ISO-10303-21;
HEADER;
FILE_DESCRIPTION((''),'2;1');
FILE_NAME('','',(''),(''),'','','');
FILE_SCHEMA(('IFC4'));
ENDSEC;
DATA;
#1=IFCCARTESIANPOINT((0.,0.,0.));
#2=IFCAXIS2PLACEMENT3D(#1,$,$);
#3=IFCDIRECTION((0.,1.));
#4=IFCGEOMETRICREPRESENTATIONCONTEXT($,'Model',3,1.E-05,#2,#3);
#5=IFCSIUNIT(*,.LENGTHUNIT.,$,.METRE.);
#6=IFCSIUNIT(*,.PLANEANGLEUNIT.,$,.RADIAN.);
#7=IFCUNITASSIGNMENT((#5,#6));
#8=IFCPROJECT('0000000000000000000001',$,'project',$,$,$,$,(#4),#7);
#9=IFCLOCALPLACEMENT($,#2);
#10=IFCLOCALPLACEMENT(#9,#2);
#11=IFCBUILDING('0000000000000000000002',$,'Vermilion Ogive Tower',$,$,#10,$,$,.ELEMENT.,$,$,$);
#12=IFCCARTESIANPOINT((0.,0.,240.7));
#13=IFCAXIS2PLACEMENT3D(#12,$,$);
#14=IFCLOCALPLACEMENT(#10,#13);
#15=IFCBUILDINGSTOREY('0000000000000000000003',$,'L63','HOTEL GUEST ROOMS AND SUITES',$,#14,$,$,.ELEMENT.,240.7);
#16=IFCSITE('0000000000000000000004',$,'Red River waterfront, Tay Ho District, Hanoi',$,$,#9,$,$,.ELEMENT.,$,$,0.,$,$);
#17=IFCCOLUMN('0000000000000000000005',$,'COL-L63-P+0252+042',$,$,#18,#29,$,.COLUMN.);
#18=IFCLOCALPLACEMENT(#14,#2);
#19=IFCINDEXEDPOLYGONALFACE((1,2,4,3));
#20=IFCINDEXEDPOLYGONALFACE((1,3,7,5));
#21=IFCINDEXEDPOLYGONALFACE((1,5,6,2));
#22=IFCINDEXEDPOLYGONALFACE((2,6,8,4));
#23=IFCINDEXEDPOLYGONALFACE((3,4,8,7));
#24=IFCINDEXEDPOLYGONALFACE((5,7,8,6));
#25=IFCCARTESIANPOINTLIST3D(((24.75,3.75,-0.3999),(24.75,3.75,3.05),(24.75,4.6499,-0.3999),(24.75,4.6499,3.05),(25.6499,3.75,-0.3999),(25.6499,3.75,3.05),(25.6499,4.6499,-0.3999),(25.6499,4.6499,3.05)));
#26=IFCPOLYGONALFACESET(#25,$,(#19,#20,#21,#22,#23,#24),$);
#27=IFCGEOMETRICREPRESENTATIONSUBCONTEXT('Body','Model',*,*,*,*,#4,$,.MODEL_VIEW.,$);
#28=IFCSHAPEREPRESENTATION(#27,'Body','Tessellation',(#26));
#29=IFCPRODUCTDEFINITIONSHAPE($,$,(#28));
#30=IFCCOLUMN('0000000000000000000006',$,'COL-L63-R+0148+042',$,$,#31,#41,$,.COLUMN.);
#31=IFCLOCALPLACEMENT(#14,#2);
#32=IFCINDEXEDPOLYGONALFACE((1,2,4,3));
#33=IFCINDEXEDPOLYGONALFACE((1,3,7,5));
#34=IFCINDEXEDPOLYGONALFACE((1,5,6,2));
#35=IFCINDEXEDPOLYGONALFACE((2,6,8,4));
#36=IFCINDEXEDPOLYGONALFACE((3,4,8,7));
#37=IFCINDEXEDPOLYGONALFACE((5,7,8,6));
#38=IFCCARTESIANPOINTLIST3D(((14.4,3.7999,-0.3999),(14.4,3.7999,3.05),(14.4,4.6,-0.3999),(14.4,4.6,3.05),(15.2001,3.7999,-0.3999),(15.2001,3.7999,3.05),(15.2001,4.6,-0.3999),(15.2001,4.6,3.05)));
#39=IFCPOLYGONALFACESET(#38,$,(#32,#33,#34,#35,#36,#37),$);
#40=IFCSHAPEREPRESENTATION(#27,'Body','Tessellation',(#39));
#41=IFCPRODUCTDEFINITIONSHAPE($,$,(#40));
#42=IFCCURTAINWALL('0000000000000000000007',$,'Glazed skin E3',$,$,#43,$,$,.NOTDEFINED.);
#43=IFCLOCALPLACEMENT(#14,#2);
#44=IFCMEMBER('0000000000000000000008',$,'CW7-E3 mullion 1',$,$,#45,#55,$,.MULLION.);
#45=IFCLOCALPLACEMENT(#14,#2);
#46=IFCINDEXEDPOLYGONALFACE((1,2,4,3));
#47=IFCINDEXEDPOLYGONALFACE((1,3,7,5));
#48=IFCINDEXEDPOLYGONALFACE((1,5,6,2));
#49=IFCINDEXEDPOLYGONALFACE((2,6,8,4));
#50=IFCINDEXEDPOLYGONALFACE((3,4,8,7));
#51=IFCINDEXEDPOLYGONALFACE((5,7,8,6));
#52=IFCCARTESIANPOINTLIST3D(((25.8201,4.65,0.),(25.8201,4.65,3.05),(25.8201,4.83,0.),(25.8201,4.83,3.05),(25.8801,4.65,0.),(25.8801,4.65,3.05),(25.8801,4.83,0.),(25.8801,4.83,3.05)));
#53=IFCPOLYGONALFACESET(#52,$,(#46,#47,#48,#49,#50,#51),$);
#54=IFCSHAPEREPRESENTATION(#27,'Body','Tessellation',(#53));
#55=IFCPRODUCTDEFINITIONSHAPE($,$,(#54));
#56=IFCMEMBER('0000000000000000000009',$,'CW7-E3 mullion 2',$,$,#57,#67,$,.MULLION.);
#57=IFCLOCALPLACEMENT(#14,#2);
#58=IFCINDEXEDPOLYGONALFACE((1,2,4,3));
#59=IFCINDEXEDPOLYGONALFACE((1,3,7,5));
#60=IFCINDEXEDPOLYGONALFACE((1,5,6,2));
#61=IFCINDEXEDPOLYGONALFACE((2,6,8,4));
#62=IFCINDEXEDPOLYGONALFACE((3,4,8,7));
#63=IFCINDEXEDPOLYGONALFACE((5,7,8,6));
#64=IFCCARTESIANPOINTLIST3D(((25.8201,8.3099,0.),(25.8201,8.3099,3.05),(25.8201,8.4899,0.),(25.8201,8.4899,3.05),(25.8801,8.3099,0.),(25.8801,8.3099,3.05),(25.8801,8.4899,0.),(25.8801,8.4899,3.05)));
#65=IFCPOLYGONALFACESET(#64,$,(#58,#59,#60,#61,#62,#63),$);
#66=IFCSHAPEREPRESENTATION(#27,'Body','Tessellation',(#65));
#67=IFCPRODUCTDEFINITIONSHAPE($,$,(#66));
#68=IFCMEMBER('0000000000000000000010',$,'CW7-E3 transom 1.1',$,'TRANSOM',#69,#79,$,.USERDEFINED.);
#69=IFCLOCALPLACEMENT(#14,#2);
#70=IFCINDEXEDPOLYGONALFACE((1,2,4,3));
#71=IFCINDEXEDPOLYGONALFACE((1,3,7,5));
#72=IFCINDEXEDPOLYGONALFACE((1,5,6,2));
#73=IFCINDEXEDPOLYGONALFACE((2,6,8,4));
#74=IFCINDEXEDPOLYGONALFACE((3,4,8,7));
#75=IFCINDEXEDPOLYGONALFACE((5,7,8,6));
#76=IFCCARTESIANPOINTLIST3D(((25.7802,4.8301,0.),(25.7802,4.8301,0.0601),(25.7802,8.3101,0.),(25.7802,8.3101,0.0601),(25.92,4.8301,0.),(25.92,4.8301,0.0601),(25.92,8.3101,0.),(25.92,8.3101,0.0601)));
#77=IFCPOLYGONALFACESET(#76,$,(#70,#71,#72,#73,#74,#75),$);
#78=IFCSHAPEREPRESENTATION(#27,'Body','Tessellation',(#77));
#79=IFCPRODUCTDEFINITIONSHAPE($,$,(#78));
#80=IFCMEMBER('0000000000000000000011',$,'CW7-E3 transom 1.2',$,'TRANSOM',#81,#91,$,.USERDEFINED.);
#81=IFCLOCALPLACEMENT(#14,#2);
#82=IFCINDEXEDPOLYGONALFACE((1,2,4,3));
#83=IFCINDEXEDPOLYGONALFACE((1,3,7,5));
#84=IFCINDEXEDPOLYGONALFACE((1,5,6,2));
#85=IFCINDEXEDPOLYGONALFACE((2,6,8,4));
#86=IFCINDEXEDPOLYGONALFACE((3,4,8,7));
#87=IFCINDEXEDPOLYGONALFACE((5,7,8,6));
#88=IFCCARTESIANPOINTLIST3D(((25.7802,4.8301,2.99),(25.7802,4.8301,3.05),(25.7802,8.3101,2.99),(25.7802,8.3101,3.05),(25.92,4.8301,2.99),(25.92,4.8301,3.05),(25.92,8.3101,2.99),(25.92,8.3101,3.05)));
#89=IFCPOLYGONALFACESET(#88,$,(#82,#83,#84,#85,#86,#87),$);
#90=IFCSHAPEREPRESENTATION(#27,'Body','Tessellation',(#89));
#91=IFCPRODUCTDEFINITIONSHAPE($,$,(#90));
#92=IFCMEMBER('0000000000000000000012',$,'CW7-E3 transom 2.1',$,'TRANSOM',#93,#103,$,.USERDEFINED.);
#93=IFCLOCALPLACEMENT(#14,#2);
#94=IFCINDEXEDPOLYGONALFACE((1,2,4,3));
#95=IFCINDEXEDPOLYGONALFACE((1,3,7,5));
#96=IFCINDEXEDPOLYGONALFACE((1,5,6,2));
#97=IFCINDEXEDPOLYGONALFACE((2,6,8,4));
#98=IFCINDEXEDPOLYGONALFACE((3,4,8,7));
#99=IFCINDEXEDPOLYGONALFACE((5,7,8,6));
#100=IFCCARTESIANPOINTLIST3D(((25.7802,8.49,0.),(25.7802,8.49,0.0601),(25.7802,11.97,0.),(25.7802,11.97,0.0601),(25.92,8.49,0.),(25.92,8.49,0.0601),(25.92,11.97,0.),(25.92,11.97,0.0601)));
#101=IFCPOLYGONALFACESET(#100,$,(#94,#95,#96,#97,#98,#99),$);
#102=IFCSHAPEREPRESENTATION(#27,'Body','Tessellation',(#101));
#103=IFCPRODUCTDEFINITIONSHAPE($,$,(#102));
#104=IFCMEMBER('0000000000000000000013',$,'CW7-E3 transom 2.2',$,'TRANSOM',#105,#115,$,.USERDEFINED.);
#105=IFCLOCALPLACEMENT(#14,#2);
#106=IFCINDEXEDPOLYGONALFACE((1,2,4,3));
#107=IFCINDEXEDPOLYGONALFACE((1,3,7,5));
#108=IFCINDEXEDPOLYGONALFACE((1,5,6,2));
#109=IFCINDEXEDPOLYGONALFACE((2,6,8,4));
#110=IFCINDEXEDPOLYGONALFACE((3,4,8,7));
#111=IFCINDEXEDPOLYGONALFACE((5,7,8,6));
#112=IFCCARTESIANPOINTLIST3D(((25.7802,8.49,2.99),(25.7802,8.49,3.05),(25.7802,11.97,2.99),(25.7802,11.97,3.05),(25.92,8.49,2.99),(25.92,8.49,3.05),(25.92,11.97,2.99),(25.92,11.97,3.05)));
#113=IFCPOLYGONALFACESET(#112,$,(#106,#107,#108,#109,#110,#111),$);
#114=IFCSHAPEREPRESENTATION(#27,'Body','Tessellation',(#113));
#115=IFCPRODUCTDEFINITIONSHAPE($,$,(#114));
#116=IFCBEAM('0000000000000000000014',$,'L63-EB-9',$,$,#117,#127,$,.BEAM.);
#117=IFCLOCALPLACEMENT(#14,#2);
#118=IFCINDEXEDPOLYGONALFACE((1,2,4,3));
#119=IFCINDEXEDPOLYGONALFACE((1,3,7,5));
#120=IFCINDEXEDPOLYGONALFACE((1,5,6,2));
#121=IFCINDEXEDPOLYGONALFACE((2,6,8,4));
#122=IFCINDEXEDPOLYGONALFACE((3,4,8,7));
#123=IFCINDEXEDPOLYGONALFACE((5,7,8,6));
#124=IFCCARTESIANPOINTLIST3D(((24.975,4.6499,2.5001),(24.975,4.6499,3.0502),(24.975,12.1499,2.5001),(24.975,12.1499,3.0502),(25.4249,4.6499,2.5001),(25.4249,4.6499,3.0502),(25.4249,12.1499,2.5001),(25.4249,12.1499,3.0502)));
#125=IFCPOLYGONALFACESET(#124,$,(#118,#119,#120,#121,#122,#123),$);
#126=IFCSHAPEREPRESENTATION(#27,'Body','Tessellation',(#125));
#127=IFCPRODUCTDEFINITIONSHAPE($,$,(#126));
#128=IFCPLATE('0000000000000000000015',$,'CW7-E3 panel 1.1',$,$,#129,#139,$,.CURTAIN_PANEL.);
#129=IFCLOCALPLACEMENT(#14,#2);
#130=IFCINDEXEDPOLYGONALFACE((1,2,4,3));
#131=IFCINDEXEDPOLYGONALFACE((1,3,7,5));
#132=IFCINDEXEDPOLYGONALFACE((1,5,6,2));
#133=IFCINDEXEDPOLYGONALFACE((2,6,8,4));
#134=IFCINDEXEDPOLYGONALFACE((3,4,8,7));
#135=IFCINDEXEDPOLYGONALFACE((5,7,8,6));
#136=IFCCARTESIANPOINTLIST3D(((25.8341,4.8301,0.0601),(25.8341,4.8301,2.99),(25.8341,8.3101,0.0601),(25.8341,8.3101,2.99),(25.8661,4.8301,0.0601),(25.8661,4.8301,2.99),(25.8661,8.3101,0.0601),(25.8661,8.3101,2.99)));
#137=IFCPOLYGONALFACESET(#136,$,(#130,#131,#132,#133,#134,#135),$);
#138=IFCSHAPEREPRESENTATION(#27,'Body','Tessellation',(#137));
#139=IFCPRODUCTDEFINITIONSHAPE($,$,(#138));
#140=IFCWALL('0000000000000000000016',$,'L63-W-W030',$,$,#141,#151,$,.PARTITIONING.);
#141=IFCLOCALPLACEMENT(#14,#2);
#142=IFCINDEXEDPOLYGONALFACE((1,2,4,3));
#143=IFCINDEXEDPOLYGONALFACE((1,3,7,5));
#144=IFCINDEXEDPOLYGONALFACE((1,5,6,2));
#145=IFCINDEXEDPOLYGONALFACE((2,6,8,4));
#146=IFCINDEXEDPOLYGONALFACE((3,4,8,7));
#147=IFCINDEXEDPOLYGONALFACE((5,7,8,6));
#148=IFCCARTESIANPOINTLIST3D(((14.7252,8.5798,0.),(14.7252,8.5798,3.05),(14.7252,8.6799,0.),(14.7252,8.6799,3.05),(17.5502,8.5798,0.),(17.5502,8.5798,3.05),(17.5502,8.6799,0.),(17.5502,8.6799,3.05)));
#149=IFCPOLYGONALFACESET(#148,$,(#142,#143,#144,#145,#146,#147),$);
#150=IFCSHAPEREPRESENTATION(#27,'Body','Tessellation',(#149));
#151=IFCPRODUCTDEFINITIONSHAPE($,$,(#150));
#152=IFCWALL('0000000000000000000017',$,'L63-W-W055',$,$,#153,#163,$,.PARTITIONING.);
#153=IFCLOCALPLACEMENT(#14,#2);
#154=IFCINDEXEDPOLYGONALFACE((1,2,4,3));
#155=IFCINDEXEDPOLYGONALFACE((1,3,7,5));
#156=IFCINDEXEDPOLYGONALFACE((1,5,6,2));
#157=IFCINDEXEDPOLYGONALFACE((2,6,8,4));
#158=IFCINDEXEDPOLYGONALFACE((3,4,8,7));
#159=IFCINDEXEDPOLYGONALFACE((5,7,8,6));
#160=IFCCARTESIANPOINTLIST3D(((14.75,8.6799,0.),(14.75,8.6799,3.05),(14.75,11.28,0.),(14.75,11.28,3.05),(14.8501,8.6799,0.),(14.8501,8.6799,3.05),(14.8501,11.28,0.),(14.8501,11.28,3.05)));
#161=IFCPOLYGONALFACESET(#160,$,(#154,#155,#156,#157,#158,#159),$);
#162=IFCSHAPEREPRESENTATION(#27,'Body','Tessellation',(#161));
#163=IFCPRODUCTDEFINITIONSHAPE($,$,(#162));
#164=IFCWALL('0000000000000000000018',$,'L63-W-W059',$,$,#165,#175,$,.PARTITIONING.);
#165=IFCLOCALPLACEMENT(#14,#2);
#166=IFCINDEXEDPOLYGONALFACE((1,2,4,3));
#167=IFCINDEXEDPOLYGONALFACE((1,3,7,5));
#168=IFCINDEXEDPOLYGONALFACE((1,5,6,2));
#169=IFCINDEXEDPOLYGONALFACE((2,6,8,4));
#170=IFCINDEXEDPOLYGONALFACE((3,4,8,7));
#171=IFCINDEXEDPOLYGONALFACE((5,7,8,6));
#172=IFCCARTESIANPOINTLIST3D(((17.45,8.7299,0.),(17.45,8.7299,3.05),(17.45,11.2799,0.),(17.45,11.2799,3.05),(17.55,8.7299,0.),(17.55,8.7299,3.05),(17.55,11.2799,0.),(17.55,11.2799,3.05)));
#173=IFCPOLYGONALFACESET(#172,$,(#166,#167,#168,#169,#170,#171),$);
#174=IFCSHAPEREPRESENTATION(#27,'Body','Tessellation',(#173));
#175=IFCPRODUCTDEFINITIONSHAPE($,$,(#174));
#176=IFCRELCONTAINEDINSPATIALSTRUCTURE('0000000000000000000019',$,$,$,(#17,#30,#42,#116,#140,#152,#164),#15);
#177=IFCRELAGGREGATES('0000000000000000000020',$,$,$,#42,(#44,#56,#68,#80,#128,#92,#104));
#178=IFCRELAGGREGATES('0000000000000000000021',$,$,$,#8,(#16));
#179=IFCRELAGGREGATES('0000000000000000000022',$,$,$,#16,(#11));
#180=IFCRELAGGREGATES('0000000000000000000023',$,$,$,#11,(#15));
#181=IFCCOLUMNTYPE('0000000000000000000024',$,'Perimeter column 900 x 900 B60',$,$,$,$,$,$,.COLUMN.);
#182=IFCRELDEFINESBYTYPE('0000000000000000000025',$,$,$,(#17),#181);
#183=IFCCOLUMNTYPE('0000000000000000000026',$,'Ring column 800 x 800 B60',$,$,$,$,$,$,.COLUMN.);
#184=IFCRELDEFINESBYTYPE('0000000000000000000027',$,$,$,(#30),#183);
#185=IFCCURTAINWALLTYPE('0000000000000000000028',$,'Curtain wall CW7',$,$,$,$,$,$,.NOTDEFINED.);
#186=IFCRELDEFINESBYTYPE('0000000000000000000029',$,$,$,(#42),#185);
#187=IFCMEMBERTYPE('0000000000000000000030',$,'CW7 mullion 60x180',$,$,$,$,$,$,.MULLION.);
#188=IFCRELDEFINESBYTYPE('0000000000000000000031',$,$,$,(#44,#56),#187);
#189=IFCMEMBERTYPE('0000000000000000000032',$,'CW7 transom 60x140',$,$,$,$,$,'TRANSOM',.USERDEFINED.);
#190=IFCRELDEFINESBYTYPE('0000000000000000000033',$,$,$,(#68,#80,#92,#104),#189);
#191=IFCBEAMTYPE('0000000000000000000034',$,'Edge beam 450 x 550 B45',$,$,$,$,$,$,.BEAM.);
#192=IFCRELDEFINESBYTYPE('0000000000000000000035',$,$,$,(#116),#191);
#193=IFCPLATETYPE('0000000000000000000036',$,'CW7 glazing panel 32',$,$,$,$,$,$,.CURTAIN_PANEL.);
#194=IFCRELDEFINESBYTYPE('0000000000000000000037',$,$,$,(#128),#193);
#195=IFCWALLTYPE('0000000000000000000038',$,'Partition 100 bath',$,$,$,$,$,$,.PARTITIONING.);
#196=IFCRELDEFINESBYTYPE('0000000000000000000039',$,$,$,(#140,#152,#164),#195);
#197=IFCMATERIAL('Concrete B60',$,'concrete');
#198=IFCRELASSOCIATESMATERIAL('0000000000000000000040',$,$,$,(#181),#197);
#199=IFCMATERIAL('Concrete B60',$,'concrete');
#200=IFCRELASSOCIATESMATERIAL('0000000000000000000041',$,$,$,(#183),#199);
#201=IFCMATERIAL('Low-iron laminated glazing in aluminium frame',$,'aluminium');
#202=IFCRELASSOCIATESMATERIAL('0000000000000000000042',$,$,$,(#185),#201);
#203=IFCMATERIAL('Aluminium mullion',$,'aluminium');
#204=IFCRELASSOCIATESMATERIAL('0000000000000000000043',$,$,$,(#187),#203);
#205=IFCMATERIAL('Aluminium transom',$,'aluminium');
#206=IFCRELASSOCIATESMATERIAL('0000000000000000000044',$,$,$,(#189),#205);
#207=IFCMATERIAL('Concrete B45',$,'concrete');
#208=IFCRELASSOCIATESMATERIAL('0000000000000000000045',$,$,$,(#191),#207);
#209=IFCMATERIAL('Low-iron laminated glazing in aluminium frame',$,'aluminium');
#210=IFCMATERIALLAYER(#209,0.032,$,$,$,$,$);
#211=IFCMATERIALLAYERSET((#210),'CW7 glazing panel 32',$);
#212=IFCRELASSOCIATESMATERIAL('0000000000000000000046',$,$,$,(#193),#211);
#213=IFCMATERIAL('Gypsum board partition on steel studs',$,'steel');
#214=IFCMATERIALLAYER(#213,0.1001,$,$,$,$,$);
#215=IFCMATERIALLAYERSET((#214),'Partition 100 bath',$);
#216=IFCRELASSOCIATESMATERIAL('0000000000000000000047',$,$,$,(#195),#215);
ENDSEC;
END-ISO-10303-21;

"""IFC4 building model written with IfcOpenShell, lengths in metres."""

from ifc_helpers import new_model, si_unit, direction, frame, frame_2d, origin, origin_2d, place, context, subcontext, project, spatial, rectangle, extrude, material, layer, layer_set, material_profile, profile_set, type_object, element, aggregate, save


model = new_model("IFC4")

# Units and contexts
model_context = context("Model", 3, precision=1e-05, world=origin(), true_north=direction((0.0, 1.0)))
body_context = subcontext(model_context, "Body", "Model", "MODEL_VIEW")
ifc_project = project(units=[si_unit("LENGTHUNIT", "METRE"), si_unit("PLANEANGLEUNIT", "RADIAN")], contexts=[model_context])

# Site, building, storey
site_placement = place(None, origin())
site = spatial("IfcSite", under=ifc_project, at=site_placement, Name="Red River waterfront, Tay Ho District, Hanoi", CompositionType="ELEMENT", RefElevation=0.0)
building_placement = place(site_placement, origin())
building = spatial("IfcBuilding", under=site, at=building_placement, Name="Vermilion Ogive Tower", CompositionType="ELEMENT")
storey_placement = place(building_placement, frame((0.0, 0.0, 240.7)))
storey = spatial("IfcBuildingStorey", under=building, at=storey_placement, Name="L63", Description="HOTEL GUEST ROOMS AND SUITES", CompositionType="ELEMENT", Elevation=240.7)

# Columns
ifc_material_1 = material(Name="Concrete B60", Category="concrete")
ifc_material_profile_1 = material_profile(ifc_material_1, rectangle(XDim=0.8999, YDim=0.8999, at=origin_2d()), Name="900 x 900")
ifc_profile_set_1 = profile_set([ifc_material_profile_1], Name="Concrete B60")
column_type_1 = type_object("IfcColumnType", Name="Perimeter column 900 x 900 B60", PredefinedType="COLUMN", material=ifc_profile_set_1)
column_1_placement = place(storey_placement, frame((25.2, 4.2, -0.3999), z_axis=(0.0, 0.0, 1.0), x_axis=(1.0, 0.0, 0.0)))
element("IfcColumn", 1, at=column_1_placement, inside=storey, type_object=column_type_1, Name="COL-L63-P+0252+042", PredefinedType="COLUMN", context=body_context, shape_type="SweptSolid", body=[
    extrude(rectangle(XDim=0.8999, YDim=0.8999, at=origin_2d()), origin(), (0.0, 0.0, 1.0), 3.45),
])
ifc_material_2 = material(Name="Concrete B60", Category="concrete")
ifc_material_profile_2 = material_profile(ifc_material_2, rectangle(XDim=0.8, YDim=0.8, at=origin_2d()), Name="800 x 800")
ifc_profile_set_2 = profile_set([ifc_material_profile_2], Name="Concrete B60")
column_type_2 = type_object("IfcColumnType", Name="Ring column 800 x 800 B60", PredefinedType="COLUMN", material=ifc_profile_set_2)
column_2_placement = place(storey_placement, frame((14.8, 4.2, -0.3999), z_axis=(0.0, 0.0, 1.0), x_axis=(1.0, 0.0, 0.0)))
element("IfcColumn", 2, at=column_2_placement, inside=storey, type_object=column_type_2, Name="COL-L63-R+0148+042", PredefinedType="COLUMN", context=body_context, shape_type="SweptSolid", body=[
    extrude(rectangle(XDim=0.8, YDim=0.8, at=origin_2d()), origin(), (0.0, 0.0, 1.0), 3.45),
])

# Curtain wall, members
ifc_material_3 = material(Name="Low-iron laminated glazing in aluminium frame", Category="aluminium")
curtain_wall_type = type_object("IfcCurtainWallType", Name="Curtain wall CW7", PredefinedType="NOTDEFINED", material=ifc_material_3)
curtain_wall_placement = place(storey_placement, origin())
curtain_wall = element("IfcCurtainWall", 3, at=curtain_wall_placement, inside=storey, type_object=curtain_wall_type, Name="Glazed skin E3", PredefinedType="NOTDEFINED")
ifc_material_4 = material(Name="Aluminium mullion", Category="aluminium")
ifc_material_profile_3 = material_profile(ifc_material_4, rectangle(XDim=0.0601, YDim=0.1799, at=origin_2d()), Name="AL 60x180")
ifc_profile_set_3 = profile_set([ifc_material_profile_3], Name="Aluminium mullion")
member_type_1 = type_object("IfcMemberType", Name="CW7 mullion 60x180", PredefinedType="MULLION", material=ifc_profile_set_3)
member_1_placement = place(storey_placement, frame((25.8501, 4.74, 0.0), z_axis=(0.0, 0.0, 1.0), x_axis=(-1.0, 0.0, 0.0)))
member_1 = element("IfcMember", 4, at=member_1_placement, type_object=member_type_1, Name="CW7-E3 mullion 1", PredefinedType="MULLION", context=body_context, shape_type="SweptSolid", body=[
    extrude(rectangle(XDim=0.0601, YDim=0.1799, at=origin_2d()), origin(), (0.0, 0.0, 1.0), 3.05),
])
member_2_placement = place(storey_placement, frame((25.8501, 8.3999, 0.0), z_axis=(0.0, 0.0, 1.0), x_axis=(-1.0, 0.0, 0.0)))
member_2 = element("IfcMember", 5, at=member_2_placement, type_object=member_type_1, Name="CW7-E3 mullion 2", PredefinedType="MULLION", context=body_context, shape_type="SweptSolid", body=[
    extrude(rectangle(XDim=0.0601, YDim=0.1799, at=origin_2d()), origin(), (0.0, 0.0, 1.0), 3.05),
])
ifc_material_5 = material(Name="Aluminium transom", Category="aluminium")
ifc_material_profile_4 = material_profile(ifc_material_5, rectangle(XDim=0.1399, YDim=0.0601, at=origin_2d()), Name="AL 60x140")
ifc_profile_set_4 = profile_set([ifc_material_profile_4], Name="Aluminium transom")
member_type_2 = type_object("IfcMemberType", Name="CW7 transom 60x140", ElementType="TRANSOM", PredefinedType="USERDEFINED", material=ifc_profile_set_4)
member_3_placement = place(storey_placement, frame((25.8501, 4.8301, 0.03), z_axis=(0.0, 1.0, 0.0), x_axis=(-1.0, 0.0, 0.0)))
member_3 = element("IfcMember", 6, at=member_3_placement, type_object=member_type_2, Name="CW7-E3 transom 1.1", ObjectType="TRANSOM", PredefinedType="USERDEFINED", context=body_context, shape_type="SweptSolid", body=[
    extrude(rectangle(XDim=0.1399, YDim=0.0601, at=origin_2d()), origin(), (0.0, 0.0, 1.0), 3.48),
])
member_4_placement = place(storey_placement, frame((25.8501, 4.8301, 3.02), z_axis=(0.0, 1.0, 0.0), x_axis=(-1.0, 0.0, 0.0)))
member_4 = element("IfcMember", 7, at=member_4_placement, type_object=member_type_2, Name="CW7-E3 transom 1.2", ObjectType="TRANSOM", PredefinedType="USERDEFINED", context=body_context, shape_type="SweptSolid", body=[
    extrude(rectangle(XDim=0.1399, YDim=0.0601, at=origin_2d()), origin(), (0.0, 0.0, 1.0), 3.48),
])
member_5_placement = place(storey_placement, frame((25.8501, 8.49, 0.03), z_axis=(0.0, 1.0, 0.0), x_axis=(-1.0, 0.0, 0.0)))
member_5 = element("IfcMember", 8, at=member_5_placement, type_object=member_type_2, Name="CW7-E3 transom 2.1", ObjectType="TRANSOM", PredefinedType="USERDEFINED", context=body_context, shape_type="SweptSolid", body=[
    extrude(rectangle(XDim=0.1399, YDim=0.0601, at=origin_2d()), origin(), (0.0, 0.0, 1.0), 3.48),
])
member_6_placement = place(storey_placement, frame((25.8501, 8.49, 3.02), z_axis=(0.0, 1.0, 0.0), x_axis=(-1.0, 0.0, 0.0)))
member_6 = element("IfcMember", 9, at=member_6_placement, type_object=member_type_2, Name="CW7-E3 transom 2.2", ObjectType="TRANSOM", PredefinedType="USERDEFINED", context=body_context, shape_type="SweptSolid", body=[
    extrude(rectangle(XDim=0.1399, YDim=0.0601, at=origin_2d()), origin(), (0.0, 0.0, 1.0), 3.48),
])

# Beam
ifc_material_6 = material(Name="Concrete B45", Category="concrete")
ifc_material_profile_5 = material_profile(ifc_material_6, rectangle(XDim=0.45, YDim=0.55, at=origin_2d()), Name="450 x 550")
ifc_profile_set_5 = profile_set([ifc_material_profile_5], Name="Concrete B45")
beam_type = type_object("IfcBeamType", Name="Edge beam 450 x 550 B45", PredefinedType="BEAM", material=ifc_profile_set_5)
beam_placement = place(storey_placement, frame((25.2, 4.6499, 2.7751), z_axis=(0.0, 1.0, 0.0), x_axis=(-1.0, 0.0, 0.0)))
element("IfcBeam", 10, at=beam_placement, inside=storey, type_object=beam_type, Name="L63-EB-9", PredefinedType="BEAM", context=body_context, shape_type="SweptSolid", body=[
    extrude(rectangle(XDim=0.45, YDim=0.55, at=origin_2d()), origin(), (0.0, 0.0, 1.0), 7.5),
])

# Plate
ifc_material_7 = material(Name="Low-iron laminated glazing in aluminium frame", Category="aluminium")
ifc_layer_1 = layer(ifc_material_7, 0.032)
ifc_layer_set_1 = layer_set([ifc_layer_1], Name="CW7 glazing panel 32")
plate_type = type_object("IfcPlateType", Name="CW7 glazing panel 32", PredefinedType="CURTAIN_PANEL", material=ifc_layer_set_1)
plate_placement = place(storey_placement, frame((25.8501, 6.5701, 0.0601), z_axis=(0.0, 0.0, 1.0), x_axis=(0.0, 1.0, 0.0)))
plate = element("IfcPlate", 11, at=plate_placement, type_object=plate_type, Name="CW7-E3 panel 1.1", PredefinedType="CURTAIN_PANEL", context=body_context, shape_type="SweptSolid", body=[
    extrude(rectangle(XDim=3.48, YDim=0.032, at=origin_2d()), origin(), (0.0, 0.0, 1.0), 2.9299),
])
aggregate(curtain_wall, [member_1, member_2, member_3, member_4, plate, member_5, member_6])

# Walls
ifc_material_8 = material(Name="Gypsum board partition on steel studs", Category="steel")
ifc_layer_2 = layer(ifc_material_8, 0.1001)
ifc_layer_set_2 = layer_set([ifc_layer_2], Name="Partition 100 bath")
wall_type_1 = type_object("IfcWallType", Name="Partition 100 bath", PredefinedType="PARTITIONING", material=ifc_layer_set_2)
wall_1_placement = place(storey_placement, frame((14.7251, 8.6299, 0.0), z_axis=(0.0, 0.0, 1.0), x_axis=(1.0, 0.0, 0.0)))
element("IfcWall", 12, at=wall_1_placement, inside=storey, type_object=wall_type_1, Name="L63-W-W030", PredefinedType="PARTITIONING", context=body_context, shape_type="SweptSolid", body=[
    extrude(rectangle(XDim=2.825, YDim=0.1001, at=frame_2d((1.4126, 0.0))), origin(), (0.0, 0.0, 1.0), 3.05),
])
wall_2_placement = place(storey_placement, frame((14.8, 8.6799, 0.0), z_axis=(0.0, 0.0, 1.0), x_axis=(0.0, 1.0, 0.0)))
element("IfcWall", 13, at=wall_2_placement, inside=storey, type_object=wall_type_1, Name="L63-W-W055", PredefinedType="PARTITIONING", context=body_context, shape_type="SweptSolid", body=[
    extrude(rectangle(XDim=2.6001, YDim=0.1001, at=frame_2d((1.3, 0.0))), origin(), (0.0, 0.0, 1.0), 3.05),
])
wall_3_placement = place(storey_placement, frame((17.5, 8.73, 0.0), z_axis=(0.0, 0.0, 1.0), x_axis=(0.0, 1.0, 0.0)))
element("IfcWall", 14, at=wall_3_placement, inside=storey, type_object=wall_type_1, Name="L63-W-W059", PredefinedType="PARTITIONING", context=body_context, shape_type="SweptSolid", body=[
    extrude(rectangle(XDim=2.55, YDim=0.1001, at=frame_2d((1.2749, 0.0))), origin(), (0.0, 0.0, 1.0), 3.05),
])

save(model, "model.ifc")
